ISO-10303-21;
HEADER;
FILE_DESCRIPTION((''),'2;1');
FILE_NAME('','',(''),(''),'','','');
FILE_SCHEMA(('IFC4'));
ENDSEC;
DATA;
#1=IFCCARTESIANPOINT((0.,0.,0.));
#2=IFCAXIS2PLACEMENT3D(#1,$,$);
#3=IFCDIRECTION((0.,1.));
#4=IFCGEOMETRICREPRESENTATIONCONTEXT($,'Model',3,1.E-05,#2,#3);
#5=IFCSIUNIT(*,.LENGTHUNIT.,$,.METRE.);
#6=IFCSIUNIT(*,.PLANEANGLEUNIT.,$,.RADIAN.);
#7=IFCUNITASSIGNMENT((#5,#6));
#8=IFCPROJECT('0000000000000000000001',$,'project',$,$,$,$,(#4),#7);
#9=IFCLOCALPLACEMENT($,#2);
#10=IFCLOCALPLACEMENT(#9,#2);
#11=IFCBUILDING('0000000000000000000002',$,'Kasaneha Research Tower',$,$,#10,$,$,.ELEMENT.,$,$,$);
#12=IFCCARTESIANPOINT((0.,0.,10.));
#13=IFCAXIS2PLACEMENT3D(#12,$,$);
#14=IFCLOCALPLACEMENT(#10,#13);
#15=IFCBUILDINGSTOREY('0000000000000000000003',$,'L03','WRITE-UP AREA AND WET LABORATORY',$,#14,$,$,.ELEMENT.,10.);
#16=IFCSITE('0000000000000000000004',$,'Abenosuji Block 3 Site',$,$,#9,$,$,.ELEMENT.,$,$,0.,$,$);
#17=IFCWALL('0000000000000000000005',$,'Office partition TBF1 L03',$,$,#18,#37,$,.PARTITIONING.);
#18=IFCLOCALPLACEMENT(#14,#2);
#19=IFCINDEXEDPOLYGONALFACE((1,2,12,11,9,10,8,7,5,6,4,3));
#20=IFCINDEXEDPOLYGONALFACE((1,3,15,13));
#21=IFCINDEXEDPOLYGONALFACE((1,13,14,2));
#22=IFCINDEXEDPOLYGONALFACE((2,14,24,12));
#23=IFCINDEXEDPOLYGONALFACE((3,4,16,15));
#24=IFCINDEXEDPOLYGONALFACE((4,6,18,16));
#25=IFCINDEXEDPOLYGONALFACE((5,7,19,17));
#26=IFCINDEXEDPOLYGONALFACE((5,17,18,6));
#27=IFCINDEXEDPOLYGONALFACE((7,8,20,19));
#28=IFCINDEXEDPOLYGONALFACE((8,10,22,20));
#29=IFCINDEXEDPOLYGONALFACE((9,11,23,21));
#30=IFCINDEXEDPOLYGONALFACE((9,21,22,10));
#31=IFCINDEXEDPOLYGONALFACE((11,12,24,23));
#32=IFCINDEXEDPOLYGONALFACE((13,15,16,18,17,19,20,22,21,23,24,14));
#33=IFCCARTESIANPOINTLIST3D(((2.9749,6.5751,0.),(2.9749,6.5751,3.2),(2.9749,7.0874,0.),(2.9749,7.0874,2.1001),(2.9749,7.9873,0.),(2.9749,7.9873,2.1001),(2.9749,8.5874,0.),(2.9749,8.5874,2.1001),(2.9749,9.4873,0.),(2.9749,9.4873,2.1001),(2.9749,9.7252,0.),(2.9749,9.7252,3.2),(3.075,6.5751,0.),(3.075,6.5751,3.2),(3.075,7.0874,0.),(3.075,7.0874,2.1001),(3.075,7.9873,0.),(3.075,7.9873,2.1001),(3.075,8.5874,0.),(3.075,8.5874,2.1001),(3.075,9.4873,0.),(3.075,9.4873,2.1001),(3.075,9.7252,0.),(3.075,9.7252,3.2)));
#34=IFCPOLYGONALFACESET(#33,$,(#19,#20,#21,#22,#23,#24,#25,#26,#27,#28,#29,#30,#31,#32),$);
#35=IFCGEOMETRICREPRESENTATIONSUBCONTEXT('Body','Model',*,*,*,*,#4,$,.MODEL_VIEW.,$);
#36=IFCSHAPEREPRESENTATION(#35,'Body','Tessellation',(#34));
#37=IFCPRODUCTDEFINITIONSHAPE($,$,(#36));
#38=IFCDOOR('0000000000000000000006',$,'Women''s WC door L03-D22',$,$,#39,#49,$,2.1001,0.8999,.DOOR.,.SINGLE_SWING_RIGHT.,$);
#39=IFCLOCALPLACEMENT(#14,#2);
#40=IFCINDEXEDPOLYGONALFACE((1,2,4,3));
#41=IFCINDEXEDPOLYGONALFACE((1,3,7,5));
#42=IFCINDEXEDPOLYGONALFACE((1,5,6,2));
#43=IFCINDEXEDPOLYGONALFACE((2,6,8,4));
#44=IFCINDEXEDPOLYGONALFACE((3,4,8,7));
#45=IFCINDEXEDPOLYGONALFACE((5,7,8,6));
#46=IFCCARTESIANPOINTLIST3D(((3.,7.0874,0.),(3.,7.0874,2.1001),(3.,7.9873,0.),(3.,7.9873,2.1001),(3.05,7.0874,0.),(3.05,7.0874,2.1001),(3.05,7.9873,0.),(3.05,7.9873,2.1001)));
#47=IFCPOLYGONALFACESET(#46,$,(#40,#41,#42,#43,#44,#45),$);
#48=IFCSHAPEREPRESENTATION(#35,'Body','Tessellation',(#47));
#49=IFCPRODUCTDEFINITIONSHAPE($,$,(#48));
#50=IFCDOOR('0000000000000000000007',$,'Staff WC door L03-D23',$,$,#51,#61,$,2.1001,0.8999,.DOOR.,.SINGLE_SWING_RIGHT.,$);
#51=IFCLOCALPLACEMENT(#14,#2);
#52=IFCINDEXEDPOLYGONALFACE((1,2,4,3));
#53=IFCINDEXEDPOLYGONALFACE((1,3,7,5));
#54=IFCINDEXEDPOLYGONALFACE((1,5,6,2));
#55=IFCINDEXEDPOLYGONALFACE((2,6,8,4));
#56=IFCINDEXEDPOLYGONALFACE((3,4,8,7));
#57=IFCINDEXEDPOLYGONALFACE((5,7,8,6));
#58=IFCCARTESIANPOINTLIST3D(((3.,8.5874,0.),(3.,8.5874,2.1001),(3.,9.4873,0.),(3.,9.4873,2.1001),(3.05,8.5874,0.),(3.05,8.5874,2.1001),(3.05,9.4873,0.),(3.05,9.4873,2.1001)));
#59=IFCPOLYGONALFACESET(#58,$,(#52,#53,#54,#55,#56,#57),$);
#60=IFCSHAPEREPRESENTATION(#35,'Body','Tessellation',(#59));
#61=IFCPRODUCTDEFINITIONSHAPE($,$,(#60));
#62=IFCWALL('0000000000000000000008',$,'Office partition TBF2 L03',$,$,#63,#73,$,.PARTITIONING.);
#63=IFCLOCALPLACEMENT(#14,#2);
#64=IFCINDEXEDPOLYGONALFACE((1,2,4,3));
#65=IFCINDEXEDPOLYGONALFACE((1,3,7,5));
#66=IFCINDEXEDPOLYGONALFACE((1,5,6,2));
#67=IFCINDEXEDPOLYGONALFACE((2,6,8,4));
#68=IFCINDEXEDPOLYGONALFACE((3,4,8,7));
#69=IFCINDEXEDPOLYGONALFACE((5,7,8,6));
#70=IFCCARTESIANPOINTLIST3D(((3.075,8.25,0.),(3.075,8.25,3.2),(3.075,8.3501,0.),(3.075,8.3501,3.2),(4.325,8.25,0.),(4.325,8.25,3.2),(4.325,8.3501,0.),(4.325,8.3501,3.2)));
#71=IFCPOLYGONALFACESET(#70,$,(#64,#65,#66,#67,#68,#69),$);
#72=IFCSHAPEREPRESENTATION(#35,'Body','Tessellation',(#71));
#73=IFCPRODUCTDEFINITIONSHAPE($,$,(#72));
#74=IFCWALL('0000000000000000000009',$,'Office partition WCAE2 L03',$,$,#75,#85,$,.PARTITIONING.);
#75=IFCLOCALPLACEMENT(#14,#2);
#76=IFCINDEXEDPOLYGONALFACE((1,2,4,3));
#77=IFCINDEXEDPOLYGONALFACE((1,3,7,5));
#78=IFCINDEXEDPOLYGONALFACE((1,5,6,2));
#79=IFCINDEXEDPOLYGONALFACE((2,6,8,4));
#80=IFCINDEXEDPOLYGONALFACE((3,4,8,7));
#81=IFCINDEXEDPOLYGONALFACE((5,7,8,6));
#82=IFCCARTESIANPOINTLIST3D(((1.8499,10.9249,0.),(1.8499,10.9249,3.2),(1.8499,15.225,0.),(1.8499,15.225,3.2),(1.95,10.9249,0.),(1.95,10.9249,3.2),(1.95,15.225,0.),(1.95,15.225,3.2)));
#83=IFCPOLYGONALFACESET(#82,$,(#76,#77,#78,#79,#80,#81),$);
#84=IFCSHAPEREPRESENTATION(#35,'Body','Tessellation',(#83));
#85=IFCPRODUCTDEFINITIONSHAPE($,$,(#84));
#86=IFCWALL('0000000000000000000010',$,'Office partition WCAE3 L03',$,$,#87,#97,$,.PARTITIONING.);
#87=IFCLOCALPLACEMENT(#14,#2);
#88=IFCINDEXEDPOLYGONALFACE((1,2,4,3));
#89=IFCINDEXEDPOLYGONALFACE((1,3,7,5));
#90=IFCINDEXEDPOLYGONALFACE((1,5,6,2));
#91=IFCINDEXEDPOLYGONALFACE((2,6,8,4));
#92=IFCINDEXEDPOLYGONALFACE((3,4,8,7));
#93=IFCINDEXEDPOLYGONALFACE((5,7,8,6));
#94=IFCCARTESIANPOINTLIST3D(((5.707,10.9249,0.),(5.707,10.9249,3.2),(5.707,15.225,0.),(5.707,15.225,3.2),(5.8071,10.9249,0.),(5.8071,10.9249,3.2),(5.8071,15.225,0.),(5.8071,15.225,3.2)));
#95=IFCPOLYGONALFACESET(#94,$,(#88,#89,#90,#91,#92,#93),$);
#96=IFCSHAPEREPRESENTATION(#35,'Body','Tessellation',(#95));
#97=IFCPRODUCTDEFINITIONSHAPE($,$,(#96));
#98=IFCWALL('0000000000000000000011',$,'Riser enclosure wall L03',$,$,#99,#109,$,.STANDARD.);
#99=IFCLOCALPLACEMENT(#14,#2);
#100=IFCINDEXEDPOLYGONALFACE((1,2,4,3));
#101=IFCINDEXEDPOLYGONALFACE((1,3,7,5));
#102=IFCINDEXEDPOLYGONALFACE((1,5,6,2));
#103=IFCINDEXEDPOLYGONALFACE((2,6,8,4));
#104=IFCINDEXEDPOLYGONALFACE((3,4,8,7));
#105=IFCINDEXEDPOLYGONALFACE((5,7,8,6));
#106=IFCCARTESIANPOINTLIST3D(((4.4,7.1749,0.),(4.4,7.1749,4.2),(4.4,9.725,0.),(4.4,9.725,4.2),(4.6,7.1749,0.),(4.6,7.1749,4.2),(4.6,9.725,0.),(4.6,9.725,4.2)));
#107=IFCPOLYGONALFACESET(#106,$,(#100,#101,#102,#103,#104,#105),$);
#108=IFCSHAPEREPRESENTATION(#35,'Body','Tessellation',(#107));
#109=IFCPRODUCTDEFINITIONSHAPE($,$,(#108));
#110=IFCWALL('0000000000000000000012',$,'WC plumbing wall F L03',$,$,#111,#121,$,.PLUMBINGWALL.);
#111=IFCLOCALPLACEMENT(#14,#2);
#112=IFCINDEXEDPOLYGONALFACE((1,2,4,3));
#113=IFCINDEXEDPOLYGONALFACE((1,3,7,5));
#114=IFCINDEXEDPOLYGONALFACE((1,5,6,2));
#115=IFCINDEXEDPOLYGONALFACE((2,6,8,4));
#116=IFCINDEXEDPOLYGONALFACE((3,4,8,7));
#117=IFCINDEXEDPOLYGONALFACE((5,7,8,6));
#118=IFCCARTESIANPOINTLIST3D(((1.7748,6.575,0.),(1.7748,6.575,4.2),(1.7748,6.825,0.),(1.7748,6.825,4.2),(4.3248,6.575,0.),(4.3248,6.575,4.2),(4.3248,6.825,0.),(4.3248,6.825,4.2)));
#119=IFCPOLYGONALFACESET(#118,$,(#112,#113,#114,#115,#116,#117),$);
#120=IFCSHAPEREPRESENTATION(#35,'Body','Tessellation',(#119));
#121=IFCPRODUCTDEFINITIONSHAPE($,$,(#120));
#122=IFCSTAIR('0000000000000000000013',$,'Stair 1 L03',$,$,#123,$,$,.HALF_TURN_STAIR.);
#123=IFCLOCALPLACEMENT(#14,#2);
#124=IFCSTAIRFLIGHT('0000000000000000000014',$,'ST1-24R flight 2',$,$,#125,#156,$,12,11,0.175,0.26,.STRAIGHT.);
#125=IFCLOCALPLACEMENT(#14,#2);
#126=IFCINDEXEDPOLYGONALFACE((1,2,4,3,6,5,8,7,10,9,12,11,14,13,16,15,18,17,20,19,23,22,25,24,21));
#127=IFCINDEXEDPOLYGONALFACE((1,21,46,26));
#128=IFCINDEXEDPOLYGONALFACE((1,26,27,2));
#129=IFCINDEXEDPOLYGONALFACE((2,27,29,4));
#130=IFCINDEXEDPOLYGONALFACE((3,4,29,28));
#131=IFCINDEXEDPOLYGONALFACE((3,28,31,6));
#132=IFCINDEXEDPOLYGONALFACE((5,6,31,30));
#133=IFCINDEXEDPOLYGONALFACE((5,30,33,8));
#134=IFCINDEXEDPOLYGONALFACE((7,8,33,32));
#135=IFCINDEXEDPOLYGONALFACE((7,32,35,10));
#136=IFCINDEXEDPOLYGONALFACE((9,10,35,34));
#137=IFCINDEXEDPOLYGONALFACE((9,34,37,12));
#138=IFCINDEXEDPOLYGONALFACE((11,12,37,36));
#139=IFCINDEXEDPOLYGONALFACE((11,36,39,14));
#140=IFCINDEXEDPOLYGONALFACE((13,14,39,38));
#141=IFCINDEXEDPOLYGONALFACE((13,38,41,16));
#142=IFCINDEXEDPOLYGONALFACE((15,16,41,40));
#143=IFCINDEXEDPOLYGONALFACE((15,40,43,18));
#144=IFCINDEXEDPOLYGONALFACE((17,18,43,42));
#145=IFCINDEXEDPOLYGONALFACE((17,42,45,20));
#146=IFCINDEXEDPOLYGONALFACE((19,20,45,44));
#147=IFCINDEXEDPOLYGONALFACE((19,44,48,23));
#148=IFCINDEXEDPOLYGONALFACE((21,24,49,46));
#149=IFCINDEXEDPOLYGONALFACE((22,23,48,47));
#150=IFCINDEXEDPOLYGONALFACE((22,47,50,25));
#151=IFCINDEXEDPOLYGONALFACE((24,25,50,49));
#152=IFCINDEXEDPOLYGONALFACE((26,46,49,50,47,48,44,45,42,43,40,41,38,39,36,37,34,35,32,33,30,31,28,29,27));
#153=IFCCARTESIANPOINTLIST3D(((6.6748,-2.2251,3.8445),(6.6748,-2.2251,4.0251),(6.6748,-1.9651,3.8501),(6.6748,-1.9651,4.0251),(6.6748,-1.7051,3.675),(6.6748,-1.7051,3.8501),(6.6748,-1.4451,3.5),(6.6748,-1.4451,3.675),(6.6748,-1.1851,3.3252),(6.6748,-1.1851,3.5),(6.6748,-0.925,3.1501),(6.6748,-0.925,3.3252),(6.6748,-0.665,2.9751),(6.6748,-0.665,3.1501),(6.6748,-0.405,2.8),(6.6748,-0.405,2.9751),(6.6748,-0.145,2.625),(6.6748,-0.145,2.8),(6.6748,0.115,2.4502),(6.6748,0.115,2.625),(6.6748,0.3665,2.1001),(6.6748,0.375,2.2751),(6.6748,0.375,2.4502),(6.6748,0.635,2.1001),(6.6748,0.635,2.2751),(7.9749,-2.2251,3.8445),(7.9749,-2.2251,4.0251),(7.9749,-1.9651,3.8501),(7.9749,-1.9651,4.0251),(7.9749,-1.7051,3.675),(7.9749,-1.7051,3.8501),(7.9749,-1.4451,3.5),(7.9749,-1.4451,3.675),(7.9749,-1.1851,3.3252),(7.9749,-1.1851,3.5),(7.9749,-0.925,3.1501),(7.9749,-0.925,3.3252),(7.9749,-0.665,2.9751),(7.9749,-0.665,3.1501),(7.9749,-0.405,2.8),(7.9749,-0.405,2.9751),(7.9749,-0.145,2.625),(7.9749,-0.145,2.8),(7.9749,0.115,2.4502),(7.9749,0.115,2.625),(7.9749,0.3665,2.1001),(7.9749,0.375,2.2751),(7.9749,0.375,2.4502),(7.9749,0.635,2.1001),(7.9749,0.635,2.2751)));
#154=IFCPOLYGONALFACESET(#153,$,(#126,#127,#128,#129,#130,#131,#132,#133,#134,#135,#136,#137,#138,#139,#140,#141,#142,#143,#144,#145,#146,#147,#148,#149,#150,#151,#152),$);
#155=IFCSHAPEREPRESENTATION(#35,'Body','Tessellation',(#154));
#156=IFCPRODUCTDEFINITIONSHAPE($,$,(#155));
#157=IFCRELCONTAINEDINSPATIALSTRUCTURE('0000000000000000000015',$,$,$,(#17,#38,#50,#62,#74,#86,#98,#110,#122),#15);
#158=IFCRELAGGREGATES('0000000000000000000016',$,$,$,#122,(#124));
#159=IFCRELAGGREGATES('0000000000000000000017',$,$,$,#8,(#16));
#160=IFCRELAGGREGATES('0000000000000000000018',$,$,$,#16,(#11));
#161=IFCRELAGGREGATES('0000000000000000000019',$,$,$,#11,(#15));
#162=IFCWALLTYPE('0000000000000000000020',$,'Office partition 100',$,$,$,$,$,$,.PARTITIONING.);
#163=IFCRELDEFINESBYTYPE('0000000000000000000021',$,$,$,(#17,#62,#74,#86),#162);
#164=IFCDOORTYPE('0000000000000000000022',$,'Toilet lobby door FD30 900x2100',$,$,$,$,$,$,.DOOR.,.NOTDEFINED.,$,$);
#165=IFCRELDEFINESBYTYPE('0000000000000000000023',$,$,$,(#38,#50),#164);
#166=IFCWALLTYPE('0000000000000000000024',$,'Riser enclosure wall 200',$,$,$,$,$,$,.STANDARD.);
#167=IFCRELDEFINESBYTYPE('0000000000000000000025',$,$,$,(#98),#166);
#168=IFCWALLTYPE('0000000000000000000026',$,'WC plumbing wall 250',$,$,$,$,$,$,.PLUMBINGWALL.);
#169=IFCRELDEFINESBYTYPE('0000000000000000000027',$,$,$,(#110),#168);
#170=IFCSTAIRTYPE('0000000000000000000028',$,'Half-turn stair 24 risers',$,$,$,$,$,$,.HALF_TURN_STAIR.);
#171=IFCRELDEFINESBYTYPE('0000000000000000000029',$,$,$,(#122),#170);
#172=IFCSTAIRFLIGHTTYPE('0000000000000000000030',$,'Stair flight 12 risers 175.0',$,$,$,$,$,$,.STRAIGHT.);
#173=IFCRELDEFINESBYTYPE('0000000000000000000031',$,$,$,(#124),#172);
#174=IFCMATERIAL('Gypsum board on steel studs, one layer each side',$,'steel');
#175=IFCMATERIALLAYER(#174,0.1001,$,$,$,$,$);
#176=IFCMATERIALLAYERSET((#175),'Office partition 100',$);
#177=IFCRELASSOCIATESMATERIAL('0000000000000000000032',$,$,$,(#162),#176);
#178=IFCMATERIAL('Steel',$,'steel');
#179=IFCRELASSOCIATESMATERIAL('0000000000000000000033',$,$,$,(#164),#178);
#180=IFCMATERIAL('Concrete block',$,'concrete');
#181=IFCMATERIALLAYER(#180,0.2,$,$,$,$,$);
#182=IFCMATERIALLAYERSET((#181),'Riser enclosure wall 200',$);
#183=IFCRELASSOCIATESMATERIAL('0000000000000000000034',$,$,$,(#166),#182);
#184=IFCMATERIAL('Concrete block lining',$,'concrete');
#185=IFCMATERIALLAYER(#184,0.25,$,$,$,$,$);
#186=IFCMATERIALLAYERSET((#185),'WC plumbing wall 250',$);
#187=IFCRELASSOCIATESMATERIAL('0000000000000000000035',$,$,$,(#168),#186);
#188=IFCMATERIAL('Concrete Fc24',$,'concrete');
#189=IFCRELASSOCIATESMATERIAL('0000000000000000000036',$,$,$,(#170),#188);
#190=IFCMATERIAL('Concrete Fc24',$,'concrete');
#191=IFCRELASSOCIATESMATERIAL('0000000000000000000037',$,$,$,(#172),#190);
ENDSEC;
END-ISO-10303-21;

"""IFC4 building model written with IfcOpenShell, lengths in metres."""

from ifc_helpers import new_model, si_unit, direction, frame, frame_2d, origin, place, context, subcontext, project, spatial, polyline, rectangle, outline, extrude, material, layer, layer_set, type_object, element, fill, aggregate, save


model = new_model("IFC4")

# Units and contexts
model_context = context("Model", 3, precision=1e-05, world=origin(), true_north=direction((0.0, 1.0)))
body_context = subcontext(model_context, "Body", "Model", "MODEL_VIEW")
ifc_project = project(units=[si_unit("LENGTHUNIT", "METRE"), si_unit("PLANEANGLEUNIT", "RADIAN")], contexts=[model_context])

# Site, building, storey
site_placement = place(None, origin())
site = spatial("IfcSite", under=ifc_project, at=site_placement, Name="Abenosuji Block 3 Site", CompositionType="ELEMENT", RefElevation=0.0)
building_placement = place(site_placement, origin())
building = spatial("IfcBuilding", under=site, at=building_placement, Name="Kasaneha Research Tower", CompositionType="ELEMENT")
storey_placement = place(building_placement, frame((0.0, 0.0, 10.0)))
storey = spatial("IfcBuildingStorey", under=building, at=storey_placement, Name="L03", Description="WRITE-UP AREA AND WET LABORATORY", CompositionType="ELEMENT", Elevation=10.0)

# Wall, openings, doors
ifc_material_1 = material(Name="Gypsum board on steel studs, one layer each side", Category="steel")
ifc_layer_1 = layer(ifc_material_1, 0.1001)
ifc_layer_set_1 = layer_set([ifc_layer_1], Name="Office partition 100")
wall_type_1 = type_object("IfcWallType", Name="Office partition 100", PredefinedType="PARTITIONING", material=ifc_layer_set_1)
wall_1_placement = place(storey_placement, frame((3.0249, 6.575, 0.0), z_axis=(0.0, 0.0, 1.0), x_axis=(0.0, 1.0, 0.0)))
wall_1 = element("IfcWall", 1, at=wall_1_placement, inside=storey, type_object=wall_type_1, Name="Office partition TBF1 L03", PredefinedType="PARTITIONING", context=body_context, shape_type="SweptSolid", body=[
    extrude(rectangle(XDim=3.1501, YDim=0.1001, at=frame_2d((1.5752, 0.0))), origin(), (0.0, 0.0, 1.0), 3.2),
])
opening_1_placement = place(wall_1_placement, frame((0.5125, 0.0, 0.0)))
opening_1 = element("IfcOpeningElement", 2, at=opening_1_placement, cuts=wall_1, PredefinedType="OPENING", context=body_context, shape_type="SweptSolid", body=[
    extrude(rectangle(XDim=0.8999, YDim=2.1001, at=frame_2d((0.45, 1.05))), frame((0.0, 0.0601, 0.0), z_axis=(0.0, -1.0, 0.0), x_axis=(1.0, 0.0, 0.0)), (0.0, 0.0, 1.0), 0.1201),
])
opening_2_placement = place(wall_1_placement, frame((2.0125, 0.0, 0.0)))
opening_2 = element("IfcOpeningElement", 3, at=opening_2_placement, cuts=wall_1, PredefinedType="OPENING", context=body_context, shape_type="SweptSolid", body=[
    extrude(rectangle(XDim=0.8999, YDim=2.1001, at=frame_2d((0.45, 1.05))), frame((0.0, 0.0601, 0.0), z_axis=(0.0, -1.0, 0.0), x_axis=(1.0, 0.0, 0.0)), (0.0, 0.0, 1.0), 0.1201),
])
ifc_material_2 = material(Name="Steel", Category="steel")
door_type_1 = type_object("IfcDoorType", Name="Toilet lobby door FD30 900x2100", OperationType="NOTDEFINED", PredefinedType="DOOR", material=ifc_material_2)
door_1_placement = place(opening_1_placement, origin())
door_1 = element("IfcDoor", 4, at=door_1_placement, inside=storey, type_object=door_type_1, Name="Women's WC door L03-D22", OperationType="SINGLE_SWING_RIGHT", OverallHeight=2.1001, OverallWidth=0.8999, PredefinedType="DOOR", context=body_context, shape_type="SweptSolid", body=[
    extrude(rectangle(XDim=0.8999, YDim=2.1001, at=frame_2d((0.45, 1.05))), frame((0.0, 0.0249, 0.0), z_axis=(0.0, -1.0, 0.0), x_axis=(1.0, 0.0, 0.0)), (0.0, 0.0, 1.0), 0.05),
])
fill(opening_1, door_1)
door_2_placement = place(opening_2_placement, origin())
door_2 = element("IfcDoor", 5, at=door_2_placement, inside=storey, type_object=door_type_1, Name="Staff WC door L03-D23", OperationType="SINGLE_SWING_RIGHT", OverallHeight=2.1001, OverallWidth=0.8999, PredefinedType="DOOR", context=body_context, shape_type="SweptSolid", body=[
    extrude(rectangle(XDim=0.8999, YDim=2.1001, at=frame_2d((0.45, 1.05))), frame((0.0, 0.0249, 0.0), z_axis=(0.0, -1.0, 0.0), x_axis=(1.0, 0.0, 0.0)), (0.0, 0.0, 1.0), 0.05),
])
fill(opening_2, door_2)

# Walls
wall_2_placement = place(storey_placement, frame((3.075, 8.3, 0.0), z_axis=(0.0, 0.0, 1.0), x_axis=(1.0, 0.0, 0.0)))
element("IfcWall", 6, at=wall_2_placement, inside=storey, type_object=wall_type_1, Name="Office partition TBF2 L03", PredefinedType="PARTITIONING", context=body_context, shape_type="SweptSolid", body=[
    extrude(rectangle(XDim=1.25, YDim=0.1001, at=frame_2d((0.625, 0.0))), origin(), (0.0, 0.0, 1.0), 3.2),
])
for number, where, z_axis, x_axis, name in (
    (7, (1.8999, 10.925, 0.0), (0.0, 0.0, 1.0), (0.0, 1.0, 0.0), "Office partition WCAE2 L03"),
    (8, (5.7571, 10.925, 0.0), (0.0, 0.0, 1.0), (0.0, 1.0, 0.0), "Office partition WCAE3 L03"),
):
    element("IfcWall", number, at=place(storey_placement, frame(where, z_axis=z_axis, x_axis=x_axis)), inside=storey, type_object=wall_type_1, Name=name, PredefinedType="PARTITIONING", context=body_context, shape_type="SweptSolid", body=[
        extrude(rectangle(XDim=4.3, YDim=0.1001, at=frame_2d((2.1499, 0.0))), origin(), (0.0, 0.0, 1.0), 3.2),
    ])
ifc_material_3 = material(Name="Concrete block", Category="concrete")
ifc_layer_2 = layer(ifc_material_3, 0.2)
ifc_layer_set_2 = layer_set([ifc_layer_2], Name="Riser enclosure wall 200")
wall_type_2 = type_object("IfcWallType", Name="Riser enclosure wall 200", PredefinedType="STANDARD", material=ifc_layer_set_2)
wall_3_placement = place(storey_placement, frame((4.5, 7.175, 0.0), z_axis=(0.0, 0.0, 1.0), x_axis=(0.0, 1.0, 0.0)))
element("IfcWall", 9, at=wall_3_placement, inside=storey, type_object=wall_type_2, Name="Riser enclosure wall L03", PredefinedType="STANDARD", context=body_context, shape_type="SweptSolid", body=[
    extrude(rectangle(XDim=2.55, YDim=0.2, at=frame_2d((1.2749, 0.0))), origin(), (0.0, 0.0, 1.0), 4.2),
])
ifc_material_4 = material(Name="Concrete block lining", Category="concrete")
ifc_layer_3 = layer(ifc_material_4, 0.25)
ifc_layer_set_3 = layer_set([ifc_layer_3], Name="WC plumbing wall 250")
wall_type_3 = type_object("IfcWallType", Name="WC plumbing wall 250", PredefinedType="PLUMBINGWALL", material=ifc_layer_set_3)
wall_4_placement = place(storey_placement, frame((1.7749, 6.7, 0.0), z_axis=(0.0, 0.0, 1.0), x_axis=(1.0, 0.0, 0.0)))
element("IfcWall", 10, at=wall_4_placement, inside=storey, type_object=wall_type_3, Name="WC plumbing wall F L03", PredefinedType="PLUMBINGWALL", context=body_context, shape_type="SweptSolid", body=[
    extrude(rectangle(XDim=2.55, YDim=0.25, at=frame_2d((1.2749, 0.0))), origin(), (0.0, 0.0, 1.0), 4.2),
])

# Stair, stair flight
ifc_material_5 = material(Name="Concrete Fc24", Category="concrete")
stair_type = type_object("IfcStairType", Name="Half-turn stair 24 risers", PredefinedType="HALF_TURN_STAIR", material=ifc_material_5)
stair_placement = place(storey_placement, origin())
stair = element("IfcStair", 11, at=stair_placement, inside=storey, type_object=stair_type, Name="Stair 1 L03", PredefinedType="HALF_TURN_STAIR")
ifc_material_6 = material(Name="Concrete Fc24", Category="concrete")
stair_flight_type = type_object("IfcStairFlightType", Name="Stair flight 12 risers 175.0", PredefinedType="STRAIGHT", material=ifc_material_6)
stair_flight_placement = place(storey_placement, frame((7.325, 0.635, 2.1001), z_axis=(0.0, 0.0, 1.0), x_axis=(0.0, -1.0, 0.0)))
stair_flight = element("IfcStairFlight", 12, at=stair_flight_placement, type_object=stair_flight_type, Name="ST1-24R flight 2", NumberOfRisers=12, NumberOfTreads=11, PredefinedType="STRAIGHT", RiserHeight=0.175, TreadLength=0.26, context=body_context, shape_type="SweptSolid", body=[
    extrude(outline(polyline([(0.0, 0.0), (0.0, 0.175), (0.26, 0.175), (0.26, 0.3501), (0.52, 0.3501), (0.52, 0.5249), (0.78, 0.5249), (0.78, 0.7), (1.04, 0.7), (1.04, 0.875), (1.3, 0.875), (1.3, 1.05), (1.5601, 1.05), (1.5601, 1.2251), (1.8201, 1.2251), (1.8201, 1.3999), (2.0801, 1.3999), (2.0801, 1.575), (2.3401, 1.575), (2.3401, 1.75), (2.6001, 1.75), (2.6001, 1.925), (2.8601, 1.925), (2.8601, 2.1001), (2.8601, 1.7444), (0.2686, 0.0), (0.0, 0.0)])), frame((0.0, 0.6499, 0.0), z_axis=(0.0, -1.0, 0.0), x_axis=(1.0, 0.0, 0.0)), (0.0, 0.0, 1.0), 1.3),
])
aggregate(stair, [stair_flight])

save(model, "model.ifc")
